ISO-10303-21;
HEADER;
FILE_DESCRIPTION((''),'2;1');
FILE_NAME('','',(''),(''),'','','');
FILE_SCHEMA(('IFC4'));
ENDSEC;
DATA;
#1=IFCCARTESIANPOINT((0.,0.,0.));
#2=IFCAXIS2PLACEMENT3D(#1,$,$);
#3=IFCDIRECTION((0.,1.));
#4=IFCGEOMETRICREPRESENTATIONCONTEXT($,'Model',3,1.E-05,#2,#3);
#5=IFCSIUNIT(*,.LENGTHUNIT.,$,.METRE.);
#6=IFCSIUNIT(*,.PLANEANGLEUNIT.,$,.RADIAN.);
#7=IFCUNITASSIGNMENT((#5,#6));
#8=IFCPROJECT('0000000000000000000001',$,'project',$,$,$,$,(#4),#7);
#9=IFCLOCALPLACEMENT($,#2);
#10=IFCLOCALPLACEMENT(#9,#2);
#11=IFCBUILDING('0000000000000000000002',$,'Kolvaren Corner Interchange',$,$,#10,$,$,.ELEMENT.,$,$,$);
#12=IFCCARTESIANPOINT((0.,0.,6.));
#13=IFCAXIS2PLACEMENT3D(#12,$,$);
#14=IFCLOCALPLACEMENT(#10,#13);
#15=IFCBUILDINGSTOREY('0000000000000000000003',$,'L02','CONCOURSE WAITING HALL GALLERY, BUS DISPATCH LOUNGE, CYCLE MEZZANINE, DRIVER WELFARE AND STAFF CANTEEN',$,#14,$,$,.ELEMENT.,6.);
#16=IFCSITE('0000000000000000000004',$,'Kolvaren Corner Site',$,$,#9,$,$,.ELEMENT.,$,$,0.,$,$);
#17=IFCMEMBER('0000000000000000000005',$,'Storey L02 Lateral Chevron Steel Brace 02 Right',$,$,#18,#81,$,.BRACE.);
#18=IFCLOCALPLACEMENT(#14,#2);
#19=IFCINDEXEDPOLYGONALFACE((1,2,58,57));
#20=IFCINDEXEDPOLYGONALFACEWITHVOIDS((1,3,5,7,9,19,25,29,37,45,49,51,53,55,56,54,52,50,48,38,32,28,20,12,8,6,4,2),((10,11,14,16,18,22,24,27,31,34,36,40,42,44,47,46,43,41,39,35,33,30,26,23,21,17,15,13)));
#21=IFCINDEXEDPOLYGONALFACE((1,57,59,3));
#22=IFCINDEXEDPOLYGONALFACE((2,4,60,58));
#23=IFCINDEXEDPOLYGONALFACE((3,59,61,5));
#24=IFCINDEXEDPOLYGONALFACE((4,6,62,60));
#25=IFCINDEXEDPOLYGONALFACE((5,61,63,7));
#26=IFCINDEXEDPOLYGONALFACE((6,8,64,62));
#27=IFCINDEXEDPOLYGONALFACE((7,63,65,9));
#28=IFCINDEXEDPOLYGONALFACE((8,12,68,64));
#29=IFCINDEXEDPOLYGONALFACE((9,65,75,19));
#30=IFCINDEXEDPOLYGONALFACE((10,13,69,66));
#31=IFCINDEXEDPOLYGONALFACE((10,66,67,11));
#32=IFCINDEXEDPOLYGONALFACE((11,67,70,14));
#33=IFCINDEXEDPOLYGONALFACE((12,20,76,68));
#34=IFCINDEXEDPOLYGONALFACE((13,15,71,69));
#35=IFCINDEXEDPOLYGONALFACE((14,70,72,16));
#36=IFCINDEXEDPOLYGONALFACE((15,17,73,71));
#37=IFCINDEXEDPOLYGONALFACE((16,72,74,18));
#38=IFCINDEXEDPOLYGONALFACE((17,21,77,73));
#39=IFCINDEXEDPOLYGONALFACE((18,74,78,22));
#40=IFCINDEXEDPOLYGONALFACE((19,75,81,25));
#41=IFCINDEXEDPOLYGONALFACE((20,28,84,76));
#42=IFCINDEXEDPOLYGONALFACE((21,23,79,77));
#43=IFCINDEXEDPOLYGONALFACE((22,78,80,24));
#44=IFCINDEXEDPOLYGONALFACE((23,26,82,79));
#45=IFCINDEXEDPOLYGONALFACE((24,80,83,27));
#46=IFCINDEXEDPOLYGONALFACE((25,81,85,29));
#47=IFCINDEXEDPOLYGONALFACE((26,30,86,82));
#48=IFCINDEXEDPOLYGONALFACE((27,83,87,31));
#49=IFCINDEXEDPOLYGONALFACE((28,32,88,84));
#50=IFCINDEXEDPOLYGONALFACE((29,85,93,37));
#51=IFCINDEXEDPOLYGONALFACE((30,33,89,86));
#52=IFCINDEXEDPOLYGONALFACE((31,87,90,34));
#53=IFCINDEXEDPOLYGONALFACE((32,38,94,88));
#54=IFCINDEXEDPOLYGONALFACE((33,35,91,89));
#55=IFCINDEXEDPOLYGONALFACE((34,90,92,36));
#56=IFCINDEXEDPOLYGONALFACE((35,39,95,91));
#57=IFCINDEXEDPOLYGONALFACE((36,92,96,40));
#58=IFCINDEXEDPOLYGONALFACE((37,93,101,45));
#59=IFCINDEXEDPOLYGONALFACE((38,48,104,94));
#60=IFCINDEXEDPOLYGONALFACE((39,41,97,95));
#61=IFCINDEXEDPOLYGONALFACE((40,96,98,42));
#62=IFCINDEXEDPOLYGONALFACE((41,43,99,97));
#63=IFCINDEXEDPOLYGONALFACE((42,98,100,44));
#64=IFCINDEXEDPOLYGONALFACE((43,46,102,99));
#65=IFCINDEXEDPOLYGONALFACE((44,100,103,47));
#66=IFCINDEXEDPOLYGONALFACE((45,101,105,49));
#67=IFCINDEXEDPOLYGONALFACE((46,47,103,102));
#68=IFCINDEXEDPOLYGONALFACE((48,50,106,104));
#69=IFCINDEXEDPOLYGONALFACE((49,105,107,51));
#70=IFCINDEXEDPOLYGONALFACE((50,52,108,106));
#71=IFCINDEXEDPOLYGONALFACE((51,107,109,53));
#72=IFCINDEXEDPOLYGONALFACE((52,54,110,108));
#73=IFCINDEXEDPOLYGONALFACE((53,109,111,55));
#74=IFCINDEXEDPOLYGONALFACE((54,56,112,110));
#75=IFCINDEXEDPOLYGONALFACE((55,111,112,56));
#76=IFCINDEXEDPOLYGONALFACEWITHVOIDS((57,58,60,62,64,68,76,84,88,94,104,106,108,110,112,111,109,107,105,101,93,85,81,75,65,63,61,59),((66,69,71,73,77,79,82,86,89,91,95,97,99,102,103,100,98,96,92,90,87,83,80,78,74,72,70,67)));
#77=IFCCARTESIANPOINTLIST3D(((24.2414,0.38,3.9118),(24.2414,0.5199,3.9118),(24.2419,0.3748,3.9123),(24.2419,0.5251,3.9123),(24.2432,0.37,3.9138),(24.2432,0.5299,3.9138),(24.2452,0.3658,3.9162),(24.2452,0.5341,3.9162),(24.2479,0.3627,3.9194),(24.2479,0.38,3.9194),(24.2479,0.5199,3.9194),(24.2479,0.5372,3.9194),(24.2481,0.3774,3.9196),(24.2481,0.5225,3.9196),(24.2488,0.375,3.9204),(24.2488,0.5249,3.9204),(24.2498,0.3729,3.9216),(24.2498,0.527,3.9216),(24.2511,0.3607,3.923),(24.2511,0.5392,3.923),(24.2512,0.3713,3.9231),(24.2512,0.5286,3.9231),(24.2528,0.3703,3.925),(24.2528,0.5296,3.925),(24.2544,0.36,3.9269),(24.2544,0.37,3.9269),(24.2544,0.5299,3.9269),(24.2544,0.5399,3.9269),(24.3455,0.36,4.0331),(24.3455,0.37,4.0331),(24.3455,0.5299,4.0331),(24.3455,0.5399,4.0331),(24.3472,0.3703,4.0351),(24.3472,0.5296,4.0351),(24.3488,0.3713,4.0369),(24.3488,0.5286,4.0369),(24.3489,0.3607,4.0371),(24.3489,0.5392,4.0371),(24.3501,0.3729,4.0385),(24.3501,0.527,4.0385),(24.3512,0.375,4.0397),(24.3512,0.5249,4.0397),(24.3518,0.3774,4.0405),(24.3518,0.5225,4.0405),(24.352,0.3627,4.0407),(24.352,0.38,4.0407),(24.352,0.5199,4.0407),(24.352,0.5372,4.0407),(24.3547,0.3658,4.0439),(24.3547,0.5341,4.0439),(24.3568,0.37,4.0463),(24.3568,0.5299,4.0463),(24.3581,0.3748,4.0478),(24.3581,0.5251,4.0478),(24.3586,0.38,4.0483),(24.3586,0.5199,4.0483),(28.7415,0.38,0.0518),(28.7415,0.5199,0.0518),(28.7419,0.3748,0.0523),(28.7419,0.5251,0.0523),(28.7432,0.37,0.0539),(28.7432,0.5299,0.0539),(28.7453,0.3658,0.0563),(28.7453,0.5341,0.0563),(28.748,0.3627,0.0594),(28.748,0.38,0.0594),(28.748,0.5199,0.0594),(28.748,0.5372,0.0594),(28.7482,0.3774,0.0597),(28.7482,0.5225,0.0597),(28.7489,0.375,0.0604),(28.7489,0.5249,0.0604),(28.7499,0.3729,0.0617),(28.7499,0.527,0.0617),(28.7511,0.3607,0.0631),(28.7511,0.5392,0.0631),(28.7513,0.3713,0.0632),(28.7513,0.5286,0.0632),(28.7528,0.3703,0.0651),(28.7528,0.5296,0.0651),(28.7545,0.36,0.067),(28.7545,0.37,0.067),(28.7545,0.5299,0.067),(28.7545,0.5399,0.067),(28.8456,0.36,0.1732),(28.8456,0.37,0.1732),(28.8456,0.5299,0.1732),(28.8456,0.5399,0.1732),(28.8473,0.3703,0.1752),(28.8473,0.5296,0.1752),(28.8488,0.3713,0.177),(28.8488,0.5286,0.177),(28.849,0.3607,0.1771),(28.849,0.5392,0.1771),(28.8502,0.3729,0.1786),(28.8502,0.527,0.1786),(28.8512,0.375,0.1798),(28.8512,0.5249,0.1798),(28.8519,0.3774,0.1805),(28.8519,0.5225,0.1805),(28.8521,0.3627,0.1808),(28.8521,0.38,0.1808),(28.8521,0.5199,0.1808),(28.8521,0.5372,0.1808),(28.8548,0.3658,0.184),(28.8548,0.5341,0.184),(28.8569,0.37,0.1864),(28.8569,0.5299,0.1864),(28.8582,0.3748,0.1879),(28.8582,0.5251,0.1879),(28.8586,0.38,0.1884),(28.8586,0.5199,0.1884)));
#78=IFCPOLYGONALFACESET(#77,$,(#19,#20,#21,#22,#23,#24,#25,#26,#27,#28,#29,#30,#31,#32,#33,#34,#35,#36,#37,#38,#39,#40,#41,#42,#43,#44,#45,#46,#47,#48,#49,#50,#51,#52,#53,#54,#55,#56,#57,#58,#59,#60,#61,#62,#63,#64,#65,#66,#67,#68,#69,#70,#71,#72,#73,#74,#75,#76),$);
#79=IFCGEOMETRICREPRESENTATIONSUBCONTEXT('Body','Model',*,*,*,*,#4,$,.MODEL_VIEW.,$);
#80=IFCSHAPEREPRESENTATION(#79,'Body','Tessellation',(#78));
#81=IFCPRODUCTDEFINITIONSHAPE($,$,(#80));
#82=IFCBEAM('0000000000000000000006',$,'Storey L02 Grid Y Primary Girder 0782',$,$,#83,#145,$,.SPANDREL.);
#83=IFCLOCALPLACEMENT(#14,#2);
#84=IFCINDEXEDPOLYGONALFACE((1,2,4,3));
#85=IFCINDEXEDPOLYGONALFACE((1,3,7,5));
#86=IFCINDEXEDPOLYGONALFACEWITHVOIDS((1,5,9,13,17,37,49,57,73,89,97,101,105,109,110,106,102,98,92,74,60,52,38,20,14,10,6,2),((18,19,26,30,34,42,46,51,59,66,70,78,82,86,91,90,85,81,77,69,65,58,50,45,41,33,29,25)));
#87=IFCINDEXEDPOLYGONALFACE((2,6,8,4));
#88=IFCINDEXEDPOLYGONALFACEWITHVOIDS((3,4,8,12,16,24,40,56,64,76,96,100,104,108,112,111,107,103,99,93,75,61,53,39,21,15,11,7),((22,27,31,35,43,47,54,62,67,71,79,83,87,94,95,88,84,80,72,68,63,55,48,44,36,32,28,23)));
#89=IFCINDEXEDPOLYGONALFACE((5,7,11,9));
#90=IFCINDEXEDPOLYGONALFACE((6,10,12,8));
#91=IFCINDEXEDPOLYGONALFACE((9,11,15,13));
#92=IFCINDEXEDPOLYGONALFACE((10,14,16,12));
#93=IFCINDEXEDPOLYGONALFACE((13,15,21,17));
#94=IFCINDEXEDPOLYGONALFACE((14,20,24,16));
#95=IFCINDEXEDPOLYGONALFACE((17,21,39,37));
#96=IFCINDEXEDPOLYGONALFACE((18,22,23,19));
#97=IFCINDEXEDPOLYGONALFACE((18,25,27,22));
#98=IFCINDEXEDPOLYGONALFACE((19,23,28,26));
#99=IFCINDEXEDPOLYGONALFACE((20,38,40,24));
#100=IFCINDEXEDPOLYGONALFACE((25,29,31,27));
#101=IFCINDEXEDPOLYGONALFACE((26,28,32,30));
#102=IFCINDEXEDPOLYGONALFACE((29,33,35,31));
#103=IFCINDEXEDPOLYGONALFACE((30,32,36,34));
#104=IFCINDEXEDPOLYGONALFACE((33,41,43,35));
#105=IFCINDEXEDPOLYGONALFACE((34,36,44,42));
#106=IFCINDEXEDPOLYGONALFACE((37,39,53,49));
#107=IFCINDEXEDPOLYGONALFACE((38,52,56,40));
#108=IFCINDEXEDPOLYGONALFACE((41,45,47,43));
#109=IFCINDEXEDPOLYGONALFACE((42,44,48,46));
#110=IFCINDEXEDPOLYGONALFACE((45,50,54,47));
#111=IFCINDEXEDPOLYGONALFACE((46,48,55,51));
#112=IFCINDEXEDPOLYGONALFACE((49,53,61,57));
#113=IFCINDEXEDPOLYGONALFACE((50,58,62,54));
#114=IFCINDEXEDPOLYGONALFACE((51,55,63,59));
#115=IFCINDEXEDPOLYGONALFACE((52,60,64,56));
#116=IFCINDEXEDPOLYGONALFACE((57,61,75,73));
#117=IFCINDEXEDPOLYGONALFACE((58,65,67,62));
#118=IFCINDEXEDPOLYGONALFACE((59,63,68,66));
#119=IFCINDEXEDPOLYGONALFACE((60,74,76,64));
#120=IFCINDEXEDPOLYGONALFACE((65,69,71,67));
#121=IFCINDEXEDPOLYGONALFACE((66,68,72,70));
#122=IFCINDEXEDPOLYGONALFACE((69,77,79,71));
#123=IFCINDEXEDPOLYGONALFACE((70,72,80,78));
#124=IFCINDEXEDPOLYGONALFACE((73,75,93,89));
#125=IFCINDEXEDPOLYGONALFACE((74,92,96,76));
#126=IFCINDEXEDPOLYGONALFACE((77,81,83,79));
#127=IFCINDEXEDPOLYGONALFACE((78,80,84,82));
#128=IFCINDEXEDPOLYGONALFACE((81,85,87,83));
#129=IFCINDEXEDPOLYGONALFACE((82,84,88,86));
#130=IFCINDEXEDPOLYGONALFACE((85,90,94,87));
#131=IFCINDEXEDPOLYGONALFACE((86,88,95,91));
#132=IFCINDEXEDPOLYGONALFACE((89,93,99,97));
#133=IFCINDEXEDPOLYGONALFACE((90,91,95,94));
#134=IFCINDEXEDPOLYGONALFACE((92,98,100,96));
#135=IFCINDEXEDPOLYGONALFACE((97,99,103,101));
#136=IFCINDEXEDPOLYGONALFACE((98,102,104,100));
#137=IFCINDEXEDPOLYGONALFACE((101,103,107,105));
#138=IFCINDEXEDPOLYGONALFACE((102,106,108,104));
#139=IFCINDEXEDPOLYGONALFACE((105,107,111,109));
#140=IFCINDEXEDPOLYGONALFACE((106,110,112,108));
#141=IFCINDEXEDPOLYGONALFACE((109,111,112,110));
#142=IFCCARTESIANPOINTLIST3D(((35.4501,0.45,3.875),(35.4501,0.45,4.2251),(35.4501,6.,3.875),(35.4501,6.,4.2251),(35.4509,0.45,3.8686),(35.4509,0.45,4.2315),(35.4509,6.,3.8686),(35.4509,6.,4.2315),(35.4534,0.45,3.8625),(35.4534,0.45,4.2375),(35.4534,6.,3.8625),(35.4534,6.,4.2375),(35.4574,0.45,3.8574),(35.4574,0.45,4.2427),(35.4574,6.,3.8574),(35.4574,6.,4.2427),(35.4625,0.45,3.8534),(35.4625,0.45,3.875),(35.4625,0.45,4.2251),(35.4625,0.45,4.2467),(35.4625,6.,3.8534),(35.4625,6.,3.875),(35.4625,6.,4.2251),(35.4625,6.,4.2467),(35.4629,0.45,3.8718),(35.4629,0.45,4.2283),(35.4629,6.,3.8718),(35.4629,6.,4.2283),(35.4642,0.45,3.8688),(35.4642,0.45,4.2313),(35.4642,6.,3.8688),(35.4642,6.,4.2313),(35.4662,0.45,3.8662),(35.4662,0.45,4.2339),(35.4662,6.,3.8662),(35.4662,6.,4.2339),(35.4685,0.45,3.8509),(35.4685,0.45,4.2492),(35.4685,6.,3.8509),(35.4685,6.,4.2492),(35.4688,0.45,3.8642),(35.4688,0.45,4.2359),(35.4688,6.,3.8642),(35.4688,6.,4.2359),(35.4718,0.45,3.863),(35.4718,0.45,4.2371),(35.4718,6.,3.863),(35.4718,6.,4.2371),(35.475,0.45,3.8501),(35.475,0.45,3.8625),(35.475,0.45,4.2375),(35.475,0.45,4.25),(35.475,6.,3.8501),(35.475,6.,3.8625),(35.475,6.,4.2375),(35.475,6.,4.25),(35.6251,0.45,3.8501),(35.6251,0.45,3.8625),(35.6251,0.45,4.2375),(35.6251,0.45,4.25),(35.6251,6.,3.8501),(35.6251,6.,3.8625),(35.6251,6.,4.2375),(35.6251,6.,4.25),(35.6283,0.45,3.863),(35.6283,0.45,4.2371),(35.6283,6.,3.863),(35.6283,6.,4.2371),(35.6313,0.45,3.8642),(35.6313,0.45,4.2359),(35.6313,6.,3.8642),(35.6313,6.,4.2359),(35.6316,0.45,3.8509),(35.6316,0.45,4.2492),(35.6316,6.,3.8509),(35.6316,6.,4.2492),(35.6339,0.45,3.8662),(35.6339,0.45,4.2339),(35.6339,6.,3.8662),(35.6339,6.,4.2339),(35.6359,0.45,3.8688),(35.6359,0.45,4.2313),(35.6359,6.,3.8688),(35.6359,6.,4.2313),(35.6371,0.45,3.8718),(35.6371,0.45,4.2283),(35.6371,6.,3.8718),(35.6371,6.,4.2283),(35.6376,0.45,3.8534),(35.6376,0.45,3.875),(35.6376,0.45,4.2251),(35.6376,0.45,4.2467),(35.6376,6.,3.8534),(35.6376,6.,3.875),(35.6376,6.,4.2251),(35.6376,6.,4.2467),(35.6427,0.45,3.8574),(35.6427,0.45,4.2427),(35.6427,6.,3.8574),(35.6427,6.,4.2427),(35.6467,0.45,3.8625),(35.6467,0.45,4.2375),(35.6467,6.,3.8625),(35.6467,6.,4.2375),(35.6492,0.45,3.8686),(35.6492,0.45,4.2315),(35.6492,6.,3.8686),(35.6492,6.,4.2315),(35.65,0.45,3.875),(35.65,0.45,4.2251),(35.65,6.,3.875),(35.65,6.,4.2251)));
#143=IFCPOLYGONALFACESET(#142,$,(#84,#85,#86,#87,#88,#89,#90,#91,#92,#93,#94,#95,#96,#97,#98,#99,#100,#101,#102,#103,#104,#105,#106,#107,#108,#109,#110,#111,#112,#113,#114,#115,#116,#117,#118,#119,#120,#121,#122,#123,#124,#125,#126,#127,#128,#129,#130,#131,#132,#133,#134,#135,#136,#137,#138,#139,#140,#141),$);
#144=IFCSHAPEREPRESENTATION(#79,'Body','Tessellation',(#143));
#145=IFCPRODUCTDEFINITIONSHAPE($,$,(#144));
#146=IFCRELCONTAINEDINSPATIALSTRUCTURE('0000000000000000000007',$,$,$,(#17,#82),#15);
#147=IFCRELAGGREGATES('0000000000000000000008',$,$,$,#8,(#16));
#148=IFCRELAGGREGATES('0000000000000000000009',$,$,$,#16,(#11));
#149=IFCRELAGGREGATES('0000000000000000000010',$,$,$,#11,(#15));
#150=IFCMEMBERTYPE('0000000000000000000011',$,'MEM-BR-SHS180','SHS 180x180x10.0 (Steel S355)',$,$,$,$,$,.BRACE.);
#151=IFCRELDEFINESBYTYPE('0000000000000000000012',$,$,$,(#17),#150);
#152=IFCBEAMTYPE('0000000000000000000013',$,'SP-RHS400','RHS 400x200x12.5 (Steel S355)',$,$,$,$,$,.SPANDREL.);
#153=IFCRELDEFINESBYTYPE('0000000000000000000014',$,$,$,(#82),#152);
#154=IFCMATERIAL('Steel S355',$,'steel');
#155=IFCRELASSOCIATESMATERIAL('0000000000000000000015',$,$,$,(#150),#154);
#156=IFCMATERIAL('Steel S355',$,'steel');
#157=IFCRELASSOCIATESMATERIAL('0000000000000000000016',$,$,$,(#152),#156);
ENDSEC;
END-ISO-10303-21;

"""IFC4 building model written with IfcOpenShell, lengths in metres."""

from ifc_helpers import new_model, si_unit, direction, frame, origin, origin_2d, place, context, subcontext, project, spatial, hollow_rectangle, extrude, material, material_profile, profile_set, type_object, element, save


model = new_model("IFC4")

# Units and contexts
model_context = context("Model", 3, precision=1e-05, world=origin(), true_north=direction((0.0, 1.0)))
body_context = subcontext(model_context, "Body", "Model", "MODEL_VIEW")
ifc_project = project(units=[si_unit("LENGTHUNIT", "METRE"), si_unit("PLANEANGLEUNIT", "RADIAN")], contexts=[model_context])

# Site, building, storey
site_placement = place(None, origin())
site = spatial("IfcSite", under=ifc_project, at=site_placement, Name="Kolvaren Corner Site", CompositionType="ELEMENT", RefElevation=0.0)
building_placement = place(site_placement, origin())
building = spatial("IfcBuilding", under=site, at=building_placement, Name="Kolvaren Corner Interchange", CompositionType="ELEMENT")
storey_placement = place(building_placement, frame((0.0, 0.0, 6.0)))
storey = spatial("IfcBuildingStorey", under=building, at=storey_placement, Name="L02", Description="CONCOURSE WAITING HALL GALLERY, BUS DISPATCH LOUNGE, CYCLE MEZZANINE, DRIVER WELFARE AND STAFF CANTEEN", CompositionType="ELEMENT", Elevation=6.0)

# Member
ifc_material_1 = material(Name="Steel S355", Category="steel")
ifc_material_profile_1 = material_profile(ifc_material_1, hollow_rectangle(XDim=0.1799, YDim=0.1799, WallThickness=0.01, InnerFilletRadius=0.01, OuterFilletRadius=0.02, at=origin_2d()), Name="SHS 180x180x10.0")
ifc_profile_set_1 = profile_set([ifc_material_profile_1], Name="Steel S355")
member_type = type_object("IfcMemberType", Name="MEM-BR-SHS180", Description="SHS 180x180x10.0 (Steel S355)", PredefinedType="BRACE", material=ifc_profile_set_1)
member_placement = place(storey_placement, frame((28.8, 0.45, 0.1201), z_axis=(-0.75903, 0.0, 0.651056), x_axis=(0.0, -1.0, 0.0)))
element("IfcMember", 1, at=member_placement, inside=storey, type_object=member_type, Name="Storey L02 Lateral Chevron Steel Brace 02 Right", PredefinedType="BRACE", context=body_context, shape_type="SweptSolid", body=[
    extrude(hollow_rectangle(XDim=0.1799, YDim=0.1799, WallThickness=0.01, InnerFilletRadius=0.01, OuterFilletRadius=0.02, at=origin_2d()), origin(), (0.0, 0.0, 1.0), 5.9287),
])

# Beam
ifc_material_2 = material(Name="Steel S355", Category="steel")
ifc_material_profile_2 = material_profile(ifc_material_2, hollow_rectangle(XDim=0.2, YDim=0.3999, WallThickness=0.0125, InnerFilletRadius=0.0125, OuterFilletRadius=0.0249, at=origin_2d()), Name="RHS 400x200x12.5")
ifc_profile_set_2 = profile_set([ifc_material_profile_2], Name="Steel S355")
beam_type_1 = type_object("IfcBeamType", Name="SP-RHS400", Description="RHS 400x200x12.5 (Steel S355)", PredefinedType="SPANDREL", material=ifc_profile_set_2)
beam_1_placement = place(storey_placement, frame((35.55, 0.45, 4.05), z_axis=(0.0, 1.0, 0.0), x_axis=(-1.0, 0.0, 0.0)))
element("IfcBeam", 2, at=beam_1_placement, inside=storey, type_object=beam_type_1, Name="Storey L02 Grid Y Primary Girder 0782", PredefinedType="SPANDREL", context=body_context, shape_type="SweptSolid", body=[
    extrude(hollow_rectangle(XDim=0.2, YDim=0.3999, WallThickness=0.0125, InnerFilletRadius=0.0125, OuterFilletRadius=0.0249, at=origin_2d()), origin(), (0.0, 0.0, 1.0), 5.55),
])

save(model, "model.ifc")
